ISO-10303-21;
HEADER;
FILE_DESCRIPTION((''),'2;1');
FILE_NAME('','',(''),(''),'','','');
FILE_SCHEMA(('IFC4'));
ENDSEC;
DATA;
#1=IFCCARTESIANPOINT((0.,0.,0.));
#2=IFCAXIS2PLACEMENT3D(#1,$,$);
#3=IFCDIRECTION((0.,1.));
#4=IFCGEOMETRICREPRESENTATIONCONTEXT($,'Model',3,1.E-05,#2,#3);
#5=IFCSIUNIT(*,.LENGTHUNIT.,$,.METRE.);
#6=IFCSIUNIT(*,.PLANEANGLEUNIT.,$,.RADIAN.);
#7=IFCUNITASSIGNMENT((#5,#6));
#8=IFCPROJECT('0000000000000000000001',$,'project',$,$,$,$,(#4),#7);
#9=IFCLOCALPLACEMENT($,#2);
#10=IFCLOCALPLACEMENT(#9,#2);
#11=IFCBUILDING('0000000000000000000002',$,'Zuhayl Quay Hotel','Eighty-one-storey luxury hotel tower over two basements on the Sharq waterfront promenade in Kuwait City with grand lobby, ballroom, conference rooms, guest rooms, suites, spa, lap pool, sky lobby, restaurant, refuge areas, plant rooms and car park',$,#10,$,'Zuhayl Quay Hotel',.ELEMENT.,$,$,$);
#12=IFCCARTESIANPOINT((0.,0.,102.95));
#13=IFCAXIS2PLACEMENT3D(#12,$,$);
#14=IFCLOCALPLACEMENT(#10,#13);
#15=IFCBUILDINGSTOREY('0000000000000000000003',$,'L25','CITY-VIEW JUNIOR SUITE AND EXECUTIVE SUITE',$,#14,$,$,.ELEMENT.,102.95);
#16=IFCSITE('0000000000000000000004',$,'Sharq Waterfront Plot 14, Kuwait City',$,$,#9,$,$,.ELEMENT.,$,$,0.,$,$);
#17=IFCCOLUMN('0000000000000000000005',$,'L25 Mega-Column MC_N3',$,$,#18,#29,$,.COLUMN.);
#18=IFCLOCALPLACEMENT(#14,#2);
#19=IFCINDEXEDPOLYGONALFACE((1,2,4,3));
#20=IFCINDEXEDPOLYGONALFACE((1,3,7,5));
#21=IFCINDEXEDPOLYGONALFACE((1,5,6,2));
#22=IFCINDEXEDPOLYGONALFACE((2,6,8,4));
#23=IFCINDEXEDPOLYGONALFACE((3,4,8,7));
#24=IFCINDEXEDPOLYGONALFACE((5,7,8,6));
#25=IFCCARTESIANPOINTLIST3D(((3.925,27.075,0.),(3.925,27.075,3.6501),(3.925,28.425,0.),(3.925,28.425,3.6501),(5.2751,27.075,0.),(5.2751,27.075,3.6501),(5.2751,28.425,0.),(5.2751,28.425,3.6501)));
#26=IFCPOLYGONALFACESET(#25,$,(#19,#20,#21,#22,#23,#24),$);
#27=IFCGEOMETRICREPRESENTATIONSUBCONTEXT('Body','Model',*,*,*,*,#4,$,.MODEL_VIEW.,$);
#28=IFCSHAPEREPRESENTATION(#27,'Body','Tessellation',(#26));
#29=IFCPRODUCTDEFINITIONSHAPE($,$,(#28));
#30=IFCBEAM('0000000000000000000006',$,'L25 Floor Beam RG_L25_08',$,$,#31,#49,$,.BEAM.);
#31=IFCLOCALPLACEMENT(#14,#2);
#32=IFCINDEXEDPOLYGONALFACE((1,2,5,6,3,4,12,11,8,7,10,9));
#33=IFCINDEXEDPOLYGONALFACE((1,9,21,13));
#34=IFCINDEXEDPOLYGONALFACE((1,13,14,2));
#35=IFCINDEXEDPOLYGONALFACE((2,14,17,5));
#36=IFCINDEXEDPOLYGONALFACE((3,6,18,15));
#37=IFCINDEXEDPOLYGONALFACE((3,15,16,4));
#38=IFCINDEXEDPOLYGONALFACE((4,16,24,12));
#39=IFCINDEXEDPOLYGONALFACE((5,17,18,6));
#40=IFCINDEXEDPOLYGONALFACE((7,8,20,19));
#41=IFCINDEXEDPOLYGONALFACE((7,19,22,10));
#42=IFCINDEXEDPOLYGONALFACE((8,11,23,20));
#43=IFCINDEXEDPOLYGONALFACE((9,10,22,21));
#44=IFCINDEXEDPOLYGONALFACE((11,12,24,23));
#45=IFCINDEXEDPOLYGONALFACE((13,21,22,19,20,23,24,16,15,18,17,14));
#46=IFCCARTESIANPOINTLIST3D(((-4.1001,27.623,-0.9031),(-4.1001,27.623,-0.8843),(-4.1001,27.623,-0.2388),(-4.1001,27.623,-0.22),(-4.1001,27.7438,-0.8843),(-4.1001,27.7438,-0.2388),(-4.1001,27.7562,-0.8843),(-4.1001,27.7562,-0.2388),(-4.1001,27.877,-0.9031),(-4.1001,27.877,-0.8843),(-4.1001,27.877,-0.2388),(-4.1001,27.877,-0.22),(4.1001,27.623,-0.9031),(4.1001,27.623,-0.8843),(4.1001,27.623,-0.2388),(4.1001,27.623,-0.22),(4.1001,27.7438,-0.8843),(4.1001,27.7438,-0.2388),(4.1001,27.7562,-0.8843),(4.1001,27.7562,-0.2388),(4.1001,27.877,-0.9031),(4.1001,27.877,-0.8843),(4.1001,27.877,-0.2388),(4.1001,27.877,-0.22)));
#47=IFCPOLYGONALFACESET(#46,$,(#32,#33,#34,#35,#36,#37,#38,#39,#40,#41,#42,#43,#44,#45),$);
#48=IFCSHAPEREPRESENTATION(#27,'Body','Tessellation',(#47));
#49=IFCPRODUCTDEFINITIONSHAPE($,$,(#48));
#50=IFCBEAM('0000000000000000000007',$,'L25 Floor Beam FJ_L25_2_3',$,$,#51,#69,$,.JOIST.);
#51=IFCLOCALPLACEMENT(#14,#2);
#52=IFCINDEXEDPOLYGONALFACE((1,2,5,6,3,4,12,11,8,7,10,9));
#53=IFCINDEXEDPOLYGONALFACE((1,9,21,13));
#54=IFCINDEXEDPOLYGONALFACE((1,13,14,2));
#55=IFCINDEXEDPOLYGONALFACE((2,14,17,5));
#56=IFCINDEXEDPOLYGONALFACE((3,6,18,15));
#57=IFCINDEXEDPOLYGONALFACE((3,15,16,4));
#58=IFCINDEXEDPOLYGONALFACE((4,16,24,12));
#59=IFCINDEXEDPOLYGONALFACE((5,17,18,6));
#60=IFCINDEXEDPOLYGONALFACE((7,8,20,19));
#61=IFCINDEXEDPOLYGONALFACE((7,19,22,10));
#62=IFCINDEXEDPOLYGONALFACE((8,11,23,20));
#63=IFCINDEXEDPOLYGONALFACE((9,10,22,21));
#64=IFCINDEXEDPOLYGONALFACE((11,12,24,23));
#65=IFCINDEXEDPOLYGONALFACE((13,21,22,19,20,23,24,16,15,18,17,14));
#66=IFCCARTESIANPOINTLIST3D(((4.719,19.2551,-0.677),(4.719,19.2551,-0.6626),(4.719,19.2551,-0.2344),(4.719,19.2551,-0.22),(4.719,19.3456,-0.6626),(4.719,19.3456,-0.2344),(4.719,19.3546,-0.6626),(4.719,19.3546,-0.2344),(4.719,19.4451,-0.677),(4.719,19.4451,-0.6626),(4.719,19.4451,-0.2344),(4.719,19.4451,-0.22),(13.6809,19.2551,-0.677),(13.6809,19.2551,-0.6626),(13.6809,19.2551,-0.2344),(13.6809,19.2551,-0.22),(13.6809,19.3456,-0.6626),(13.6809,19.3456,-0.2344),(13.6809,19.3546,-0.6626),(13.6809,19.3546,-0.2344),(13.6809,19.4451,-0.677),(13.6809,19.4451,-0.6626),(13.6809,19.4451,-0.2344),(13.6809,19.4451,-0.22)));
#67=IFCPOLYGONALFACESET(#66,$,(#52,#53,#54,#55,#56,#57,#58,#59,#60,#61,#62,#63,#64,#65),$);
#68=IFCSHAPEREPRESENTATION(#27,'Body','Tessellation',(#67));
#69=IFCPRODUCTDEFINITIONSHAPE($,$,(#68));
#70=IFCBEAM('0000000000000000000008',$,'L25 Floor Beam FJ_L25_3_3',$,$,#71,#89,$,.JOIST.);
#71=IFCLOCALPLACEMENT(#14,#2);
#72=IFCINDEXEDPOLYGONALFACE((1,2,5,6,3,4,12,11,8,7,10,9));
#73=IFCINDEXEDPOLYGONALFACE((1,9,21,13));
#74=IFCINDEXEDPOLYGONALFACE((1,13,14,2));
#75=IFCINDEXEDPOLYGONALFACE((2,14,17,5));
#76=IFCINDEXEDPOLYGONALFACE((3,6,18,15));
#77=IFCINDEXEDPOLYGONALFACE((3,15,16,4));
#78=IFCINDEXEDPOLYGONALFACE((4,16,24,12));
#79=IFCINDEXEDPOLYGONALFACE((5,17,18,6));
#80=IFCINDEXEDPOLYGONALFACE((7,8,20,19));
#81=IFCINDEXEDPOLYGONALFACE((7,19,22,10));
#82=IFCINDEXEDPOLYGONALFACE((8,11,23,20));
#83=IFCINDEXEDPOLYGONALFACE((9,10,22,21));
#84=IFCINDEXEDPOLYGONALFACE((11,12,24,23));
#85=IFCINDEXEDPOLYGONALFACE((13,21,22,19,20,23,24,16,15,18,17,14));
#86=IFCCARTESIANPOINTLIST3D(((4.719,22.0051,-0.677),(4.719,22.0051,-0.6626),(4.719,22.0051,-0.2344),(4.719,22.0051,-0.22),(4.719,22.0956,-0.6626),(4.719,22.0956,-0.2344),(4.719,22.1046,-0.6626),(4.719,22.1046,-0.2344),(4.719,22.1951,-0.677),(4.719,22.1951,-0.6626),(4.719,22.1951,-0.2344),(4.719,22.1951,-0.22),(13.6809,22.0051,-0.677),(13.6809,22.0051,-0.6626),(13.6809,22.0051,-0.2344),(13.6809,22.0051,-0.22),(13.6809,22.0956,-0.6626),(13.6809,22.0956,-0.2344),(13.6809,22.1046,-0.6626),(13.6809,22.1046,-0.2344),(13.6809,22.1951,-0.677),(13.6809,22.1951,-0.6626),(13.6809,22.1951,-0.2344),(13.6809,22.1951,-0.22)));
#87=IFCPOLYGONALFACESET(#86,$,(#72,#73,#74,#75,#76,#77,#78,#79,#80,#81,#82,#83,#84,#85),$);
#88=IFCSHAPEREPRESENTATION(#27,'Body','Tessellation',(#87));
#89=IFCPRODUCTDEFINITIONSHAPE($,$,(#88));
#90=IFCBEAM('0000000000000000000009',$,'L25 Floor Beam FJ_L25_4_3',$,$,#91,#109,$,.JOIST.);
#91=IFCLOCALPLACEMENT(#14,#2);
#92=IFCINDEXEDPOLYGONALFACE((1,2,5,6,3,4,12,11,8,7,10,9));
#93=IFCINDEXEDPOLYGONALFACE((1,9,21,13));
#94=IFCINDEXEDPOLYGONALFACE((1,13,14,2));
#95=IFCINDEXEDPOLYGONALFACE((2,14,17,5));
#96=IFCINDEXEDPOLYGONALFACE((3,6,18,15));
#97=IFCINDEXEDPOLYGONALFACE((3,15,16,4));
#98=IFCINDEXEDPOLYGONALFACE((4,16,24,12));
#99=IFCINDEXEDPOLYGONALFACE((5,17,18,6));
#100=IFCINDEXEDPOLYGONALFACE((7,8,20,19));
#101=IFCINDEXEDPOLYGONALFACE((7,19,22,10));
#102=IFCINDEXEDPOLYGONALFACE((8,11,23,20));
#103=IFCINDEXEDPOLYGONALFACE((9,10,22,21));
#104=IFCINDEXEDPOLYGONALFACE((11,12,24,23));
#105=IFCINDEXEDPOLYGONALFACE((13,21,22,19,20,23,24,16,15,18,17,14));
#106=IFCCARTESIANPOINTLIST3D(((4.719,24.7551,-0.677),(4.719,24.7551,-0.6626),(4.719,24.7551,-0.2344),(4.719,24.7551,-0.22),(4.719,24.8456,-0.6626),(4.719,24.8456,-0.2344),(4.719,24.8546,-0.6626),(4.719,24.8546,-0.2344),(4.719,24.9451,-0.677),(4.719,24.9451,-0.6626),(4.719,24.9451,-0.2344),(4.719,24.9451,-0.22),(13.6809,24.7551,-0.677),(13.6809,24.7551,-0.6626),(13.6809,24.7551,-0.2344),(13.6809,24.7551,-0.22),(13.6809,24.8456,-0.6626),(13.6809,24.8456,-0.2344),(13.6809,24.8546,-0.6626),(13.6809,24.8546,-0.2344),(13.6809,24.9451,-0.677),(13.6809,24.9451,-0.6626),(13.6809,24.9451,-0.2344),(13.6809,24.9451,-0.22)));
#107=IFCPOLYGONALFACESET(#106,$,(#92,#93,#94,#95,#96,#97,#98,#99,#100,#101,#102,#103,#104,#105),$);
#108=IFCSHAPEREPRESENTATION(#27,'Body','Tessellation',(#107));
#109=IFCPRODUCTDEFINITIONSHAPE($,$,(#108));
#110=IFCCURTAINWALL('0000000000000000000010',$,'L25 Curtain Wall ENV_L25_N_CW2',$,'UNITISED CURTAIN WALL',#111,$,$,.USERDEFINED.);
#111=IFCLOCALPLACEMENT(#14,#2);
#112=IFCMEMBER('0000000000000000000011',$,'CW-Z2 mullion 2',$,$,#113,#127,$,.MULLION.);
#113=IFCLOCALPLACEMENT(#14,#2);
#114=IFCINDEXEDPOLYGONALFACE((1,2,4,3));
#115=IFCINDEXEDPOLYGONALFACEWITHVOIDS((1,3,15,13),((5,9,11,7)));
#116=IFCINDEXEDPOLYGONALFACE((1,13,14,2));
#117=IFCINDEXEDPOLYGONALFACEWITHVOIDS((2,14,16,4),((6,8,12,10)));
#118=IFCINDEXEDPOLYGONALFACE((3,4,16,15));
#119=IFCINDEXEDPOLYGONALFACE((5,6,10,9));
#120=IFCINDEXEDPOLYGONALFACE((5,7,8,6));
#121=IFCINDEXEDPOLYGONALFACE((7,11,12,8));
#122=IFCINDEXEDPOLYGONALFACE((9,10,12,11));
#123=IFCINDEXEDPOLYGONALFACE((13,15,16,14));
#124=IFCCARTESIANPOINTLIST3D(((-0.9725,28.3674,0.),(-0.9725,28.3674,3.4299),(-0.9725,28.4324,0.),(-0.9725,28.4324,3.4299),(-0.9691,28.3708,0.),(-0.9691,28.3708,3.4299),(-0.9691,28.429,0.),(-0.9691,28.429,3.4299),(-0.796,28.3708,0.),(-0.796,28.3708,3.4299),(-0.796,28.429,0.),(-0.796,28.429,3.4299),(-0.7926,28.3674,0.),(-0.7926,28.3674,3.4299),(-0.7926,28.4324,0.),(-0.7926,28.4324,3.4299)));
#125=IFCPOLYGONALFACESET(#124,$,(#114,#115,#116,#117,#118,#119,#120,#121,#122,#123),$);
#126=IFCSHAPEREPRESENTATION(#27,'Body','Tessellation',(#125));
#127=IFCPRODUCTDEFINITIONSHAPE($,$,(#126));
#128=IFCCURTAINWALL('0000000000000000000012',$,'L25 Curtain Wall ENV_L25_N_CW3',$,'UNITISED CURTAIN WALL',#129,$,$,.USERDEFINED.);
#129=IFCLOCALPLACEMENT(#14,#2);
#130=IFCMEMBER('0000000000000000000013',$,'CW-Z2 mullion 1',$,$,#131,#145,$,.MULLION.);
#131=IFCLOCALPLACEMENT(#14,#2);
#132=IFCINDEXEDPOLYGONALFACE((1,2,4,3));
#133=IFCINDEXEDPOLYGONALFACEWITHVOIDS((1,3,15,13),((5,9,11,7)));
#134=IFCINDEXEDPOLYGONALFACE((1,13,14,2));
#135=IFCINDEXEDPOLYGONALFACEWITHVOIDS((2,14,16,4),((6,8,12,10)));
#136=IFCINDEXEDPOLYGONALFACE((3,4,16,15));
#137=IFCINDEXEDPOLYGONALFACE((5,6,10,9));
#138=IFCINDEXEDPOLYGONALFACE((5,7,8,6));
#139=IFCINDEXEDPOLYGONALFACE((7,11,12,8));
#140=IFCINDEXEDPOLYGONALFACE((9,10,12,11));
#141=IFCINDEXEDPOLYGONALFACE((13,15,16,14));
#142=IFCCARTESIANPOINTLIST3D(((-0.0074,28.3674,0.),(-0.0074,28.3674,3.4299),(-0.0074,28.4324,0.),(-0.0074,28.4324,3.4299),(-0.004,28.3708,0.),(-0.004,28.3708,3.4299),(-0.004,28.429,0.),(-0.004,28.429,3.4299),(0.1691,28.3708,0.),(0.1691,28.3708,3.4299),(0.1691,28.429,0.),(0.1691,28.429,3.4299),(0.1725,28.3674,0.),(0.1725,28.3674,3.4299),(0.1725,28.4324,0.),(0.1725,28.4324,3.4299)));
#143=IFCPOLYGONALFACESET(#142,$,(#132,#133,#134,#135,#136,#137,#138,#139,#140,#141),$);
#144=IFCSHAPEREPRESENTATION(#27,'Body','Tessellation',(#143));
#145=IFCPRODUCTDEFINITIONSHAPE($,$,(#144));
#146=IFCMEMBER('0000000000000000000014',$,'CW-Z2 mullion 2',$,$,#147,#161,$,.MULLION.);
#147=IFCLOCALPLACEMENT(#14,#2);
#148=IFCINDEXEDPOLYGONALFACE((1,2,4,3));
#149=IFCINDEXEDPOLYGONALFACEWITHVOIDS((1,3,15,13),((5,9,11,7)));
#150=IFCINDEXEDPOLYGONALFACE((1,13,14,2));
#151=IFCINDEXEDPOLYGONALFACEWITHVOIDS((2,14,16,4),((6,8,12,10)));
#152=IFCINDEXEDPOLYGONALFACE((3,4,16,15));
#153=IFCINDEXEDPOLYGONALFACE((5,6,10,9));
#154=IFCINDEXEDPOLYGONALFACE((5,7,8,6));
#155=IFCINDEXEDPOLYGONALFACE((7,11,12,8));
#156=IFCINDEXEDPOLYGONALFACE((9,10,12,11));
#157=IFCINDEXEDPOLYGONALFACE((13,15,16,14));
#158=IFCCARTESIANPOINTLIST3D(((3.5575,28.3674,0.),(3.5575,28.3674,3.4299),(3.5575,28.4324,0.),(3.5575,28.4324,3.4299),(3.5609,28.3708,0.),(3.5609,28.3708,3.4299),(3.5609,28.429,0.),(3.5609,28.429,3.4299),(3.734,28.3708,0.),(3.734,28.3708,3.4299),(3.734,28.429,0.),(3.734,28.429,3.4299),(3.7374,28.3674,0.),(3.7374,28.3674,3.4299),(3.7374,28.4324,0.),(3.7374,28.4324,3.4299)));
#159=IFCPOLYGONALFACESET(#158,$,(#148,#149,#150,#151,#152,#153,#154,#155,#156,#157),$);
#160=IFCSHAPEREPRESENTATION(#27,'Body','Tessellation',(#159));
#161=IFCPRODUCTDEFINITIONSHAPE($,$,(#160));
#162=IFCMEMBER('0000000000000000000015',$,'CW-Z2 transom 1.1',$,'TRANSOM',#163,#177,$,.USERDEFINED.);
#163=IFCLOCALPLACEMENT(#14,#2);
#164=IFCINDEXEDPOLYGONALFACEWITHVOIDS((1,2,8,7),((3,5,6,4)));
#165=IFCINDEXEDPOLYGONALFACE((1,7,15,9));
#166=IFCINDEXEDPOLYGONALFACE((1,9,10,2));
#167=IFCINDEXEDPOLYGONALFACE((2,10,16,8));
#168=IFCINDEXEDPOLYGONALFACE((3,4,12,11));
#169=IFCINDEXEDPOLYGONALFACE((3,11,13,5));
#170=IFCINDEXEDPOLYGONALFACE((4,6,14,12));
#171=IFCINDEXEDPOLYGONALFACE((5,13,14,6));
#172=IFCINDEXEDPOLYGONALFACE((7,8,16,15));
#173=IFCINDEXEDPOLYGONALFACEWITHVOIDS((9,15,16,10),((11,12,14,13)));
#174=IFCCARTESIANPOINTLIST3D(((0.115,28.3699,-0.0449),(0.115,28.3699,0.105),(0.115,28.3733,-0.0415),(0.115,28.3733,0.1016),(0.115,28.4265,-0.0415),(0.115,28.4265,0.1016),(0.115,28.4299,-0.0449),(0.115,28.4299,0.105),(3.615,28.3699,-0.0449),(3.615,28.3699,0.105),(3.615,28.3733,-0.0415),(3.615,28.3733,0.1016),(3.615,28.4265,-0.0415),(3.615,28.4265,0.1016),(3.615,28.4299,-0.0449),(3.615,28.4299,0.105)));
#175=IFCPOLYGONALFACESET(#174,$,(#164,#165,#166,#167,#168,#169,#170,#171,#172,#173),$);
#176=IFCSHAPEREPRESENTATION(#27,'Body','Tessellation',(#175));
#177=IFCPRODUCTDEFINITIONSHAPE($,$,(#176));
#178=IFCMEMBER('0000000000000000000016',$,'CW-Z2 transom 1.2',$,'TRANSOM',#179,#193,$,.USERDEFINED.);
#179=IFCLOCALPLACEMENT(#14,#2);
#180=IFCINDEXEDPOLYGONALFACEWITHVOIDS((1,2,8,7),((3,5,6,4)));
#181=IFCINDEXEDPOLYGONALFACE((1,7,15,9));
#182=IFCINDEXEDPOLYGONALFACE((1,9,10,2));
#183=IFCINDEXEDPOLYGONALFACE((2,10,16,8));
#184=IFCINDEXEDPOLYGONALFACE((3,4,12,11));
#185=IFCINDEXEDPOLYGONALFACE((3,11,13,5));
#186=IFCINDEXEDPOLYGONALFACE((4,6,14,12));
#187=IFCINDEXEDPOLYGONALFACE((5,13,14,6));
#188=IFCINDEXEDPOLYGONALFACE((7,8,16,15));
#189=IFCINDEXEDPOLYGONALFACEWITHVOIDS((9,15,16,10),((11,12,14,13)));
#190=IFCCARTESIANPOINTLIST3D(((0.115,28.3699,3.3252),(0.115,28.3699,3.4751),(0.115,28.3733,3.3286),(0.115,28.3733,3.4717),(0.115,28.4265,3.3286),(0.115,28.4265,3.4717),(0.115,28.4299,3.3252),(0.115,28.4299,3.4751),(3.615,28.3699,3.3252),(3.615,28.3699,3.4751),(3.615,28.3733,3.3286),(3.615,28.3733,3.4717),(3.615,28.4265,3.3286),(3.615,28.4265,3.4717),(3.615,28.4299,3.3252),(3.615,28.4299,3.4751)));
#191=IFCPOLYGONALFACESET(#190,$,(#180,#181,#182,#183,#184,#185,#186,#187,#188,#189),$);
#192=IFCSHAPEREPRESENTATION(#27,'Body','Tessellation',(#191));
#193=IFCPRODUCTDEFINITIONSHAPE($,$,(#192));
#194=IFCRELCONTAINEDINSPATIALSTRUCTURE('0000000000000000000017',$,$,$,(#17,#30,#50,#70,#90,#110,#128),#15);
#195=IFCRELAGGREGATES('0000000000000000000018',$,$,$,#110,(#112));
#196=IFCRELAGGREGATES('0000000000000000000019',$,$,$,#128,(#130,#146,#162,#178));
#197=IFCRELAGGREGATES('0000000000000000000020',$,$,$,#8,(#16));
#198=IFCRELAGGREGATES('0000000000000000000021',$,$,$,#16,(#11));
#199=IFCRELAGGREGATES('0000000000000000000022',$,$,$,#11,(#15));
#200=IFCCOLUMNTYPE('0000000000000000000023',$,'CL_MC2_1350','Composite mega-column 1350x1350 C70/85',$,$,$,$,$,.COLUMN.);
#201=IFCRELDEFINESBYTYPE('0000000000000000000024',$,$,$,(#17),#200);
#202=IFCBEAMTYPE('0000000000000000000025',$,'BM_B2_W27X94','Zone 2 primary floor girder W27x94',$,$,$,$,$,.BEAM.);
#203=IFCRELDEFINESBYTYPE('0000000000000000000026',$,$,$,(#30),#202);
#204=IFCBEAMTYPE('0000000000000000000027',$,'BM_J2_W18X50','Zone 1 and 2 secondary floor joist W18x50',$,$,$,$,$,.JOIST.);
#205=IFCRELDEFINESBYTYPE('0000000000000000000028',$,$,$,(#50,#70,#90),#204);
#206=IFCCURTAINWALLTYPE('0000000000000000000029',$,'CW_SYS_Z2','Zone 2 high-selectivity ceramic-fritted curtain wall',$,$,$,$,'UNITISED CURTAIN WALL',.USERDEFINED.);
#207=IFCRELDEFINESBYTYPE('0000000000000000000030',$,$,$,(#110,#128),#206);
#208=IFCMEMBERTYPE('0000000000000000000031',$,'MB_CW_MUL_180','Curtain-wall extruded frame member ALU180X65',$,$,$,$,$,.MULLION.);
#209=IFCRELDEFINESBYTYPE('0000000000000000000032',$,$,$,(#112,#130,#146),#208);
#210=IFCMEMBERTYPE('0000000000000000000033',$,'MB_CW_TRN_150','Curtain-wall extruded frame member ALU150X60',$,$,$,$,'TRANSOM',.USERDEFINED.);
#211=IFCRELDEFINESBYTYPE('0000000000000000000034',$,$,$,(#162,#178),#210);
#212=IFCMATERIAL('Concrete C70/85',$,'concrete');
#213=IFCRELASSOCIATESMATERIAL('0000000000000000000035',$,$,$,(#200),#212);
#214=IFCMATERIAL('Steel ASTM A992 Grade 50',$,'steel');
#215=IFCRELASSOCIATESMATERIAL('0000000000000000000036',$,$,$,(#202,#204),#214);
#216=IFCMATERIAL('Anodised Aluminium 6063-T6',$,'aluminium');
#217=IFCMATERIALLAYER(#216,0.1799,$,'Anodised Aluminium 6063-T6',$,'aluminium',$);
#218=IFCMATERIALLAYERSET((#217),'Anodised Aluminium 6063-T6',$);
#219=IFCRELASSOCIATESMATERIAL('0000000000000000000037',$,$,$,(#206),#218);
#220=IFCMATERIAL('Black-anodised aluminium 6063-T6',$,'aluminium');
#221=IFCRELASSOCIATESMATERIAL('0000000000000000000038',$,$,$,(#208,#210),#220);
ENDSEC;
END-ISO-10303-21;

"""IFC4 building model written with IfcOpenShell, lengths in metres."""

from ifc_helpers import new_model, si_unit, direction, frame, origin, origin_2d, place, context, subcontext, project, spatial, rectangle, hollow_rectangle, i_section, extrude, material, layer, layer_set, material_profile, profile_set, type_object, element, aggregate, save


model = new_model("IFC4")

# Units and contexts
model_context = context("Model", 3, precision=1e-05, world=origin(), true_north=direction((0.0, 1.0)))
body_context = subcontext(model_context, "Body", "Model", "MODEL_VIEW")
ifc_project = project(units=[si_unit("LENGTHUNIT", "METRE"), si_unit("PLANEANGLEUNIT", "RADIAN")], contexts=[model_context])

# Site, building, storey
site_placement = place(None, origin())
site = spatial("IfcSite", under=ifc_project, at=site_placement, Name="Sharq Waterfront Plot 14, Kuwait City", CompositionType="ELEMENT", RefElevation=0.0)
building_placement = place(site_placement, origin())
building = spatial("IfcBuilding", under=site, at=building_placement, Name="Zuhayl Quay Hotel", Description="Eighty-one-storey luxury hotel tower over two basements on the Sharq waterfront promenade in Kuwait City with grand lobby, ballroom, conference rooms, guest rooms, suites, spa, lap pool, sky lobby, restaurant, refuge areas, plant rooms and car park", LongName="Zuhayl Quay Hotel", CompositionType="ELEMENT")
storey_placement = place(building_placement, frame((0.0, 0.0, 102.95)))
storey = spatial("IfcBuildingStorey", under=building, at=storey_placement, Name="L25", Description="CITY-VIEW JUNIOR SUITE AND EXECUTIVE SUITE", CompositionType="ELEMENT", Elevation=102.95)

# Column
ifc_material_1 = material(Name="Concrete C70/85", Category="concrete")
ifc_material_profile_1 = material_profile(ifc_material_1, rectangle(XDim=1.3501, YDim=1.3501, at=origin_2d()), Name="RC1350X1350")
ifc_profile_set_1 = profile_set([ifc_material_profile_1], Name="Concrete C70/85")
column_type = type_object("IfcColumnType", Name="CL_MC2_1350", Description="Composite mega-column 1350x1350 C70/85", PredefinedType="COLUMN", material=ifc_profile_set_1)
column_placement = place(storey_placement, frame((4.6001, 27.75, 0.0), z_axis=(0.0, 0.0, 1.0), x_axis=(1.0, 0.0, 0.0)))
element("IfcColumn", 1, at=column_placement, inside=storey, type_object=column_type, Name="L25 Mega-Column MC_N3", PredefinedType="COLUMN", context=body_context, shape_type="SweptSolid", body=[
    extrude(rectangle(XDim=1.3501, YDim=1.3501, at=origin_2d()), origin(), (0.0, 0.0, 1.0), 3.6501),
])

# Beams
ifc_material_2 = material(Name="Steel ASTM A992 Grade 50", Category="steel")
ifc_material_profile_2 = material_profile(ifc_material_2, i_section(OverallWidth=0.2539, OverallDepth=0.6831, WebThickness=0.0125, FlangeThickness=0.0188, at=origin_2d()), Name="W27X94")
ifc_profile_set_2 = profile_set([ifc_material_profile_2], Name="Steel ASTM A992 Grade 50")
beam_type_1 = type_object("IfcBeamType", Name="BM_B2_W27X94", Description="Zone 2 primary floor girder W27x94", PredefinedType="BEAM", material=ifc_profile_set_2)
beam_placement = place(storey_placement, frame((4.1001, 27.75, -0.5615), z_axis=(-1.0, 0.0, 0.0), x_axis=(0.0, -1.0, 0.0)))
element("IfcBeam", 2, at=beam_placement, inside=storey, type_object=beam_type_1, Name="L25 Floor Beam RG_L25_08", PredefinedType="BEAM", context=body_context, shape_type="SweptSolid", body=[
    extrude(i_section(OverallWidth=0.2539, OverallDepth=0.6831, WebThickness=0.0125, FlangeThickness=0.0188, at=origin_2d()), origin(), (0.0, 0.0, 1.0), 8.2002),
])
ifc_material_profile_3 = material_profile(ifc_material_2, i_section(OverallWidth=0.1899, OverallDepth=0.457, WebThickness=0.009, FlangeThickness=0.0144, at=origin_2d()), Name="W18X50")
ifc_profile_set_3 = profile_set([ifc_material_profile_3], Name="Steel ASTM A992 Grade 50")
beam_type_2 = type_object("IfcBeamType", Name="BM_J2_W18X50", Description="Zone 1 and 2 secondary floor joist W18x50", PredefinedType="JOIST", material=ifc_profile_set_3)
for number, where, z_axis, x_axis, name in (
    (3, (4.719, 19.3501, -0.4485), (1.0, 0.0, 0.0), (0.0, 1.0, 0.0), "L25 Floor Beam FJ_L25_2_3"),
    (4, (4.719, 22.1001, -0.4485), (1.0, 0.0, 0.0), (0.0, 1.0, 0.0), "L25 Floor Beam FJ_L25_3_3"),
    (5, (4.719, 24.8501, -0.4485), (1.0, 0.0, 0.0), (0.0, 1.0, 0.0), "L25 Floor Beam FJ_L25_4_3"),
):
    element("IfcBeam", number, at=place(storey_placement, frame(where, z_axis=z_axis, x_axis=x_axis)), inside=storey, type_object=beam_type_2, Name=name, PredefinedType="JOIST", context=body_context, shape_type="SweptSolid", body=[
        extrude(i_section(OverallWidth=0.1899, OverallDepth=0.457, WebThickness=0.009, FlangeThickness=0.0144, at=origin_2d()), origin(), (0.0, 0.0, 1.0), 8.9619),
    ])

# Curtain wall, member
ifc_material_3 = material(Name="Anodised Aluminium 6063-T6", Category="aluminium")
ifc_layer_1 = layer(ifc_material_3, 0.1799, Name="Anodised Aluminium 6063-T6", Category="aluminium")
ifc_layer_set_1 = layer_set([ifc_layer_1], Name="Anodised Aluminium 6063-T6")
curtain_wall_type = type_object("IfcCurtainWallType", Name="CW_SYS_Z2", Description="Zone 2 high-selectivity ceramic-fritted curtain wall", ElementType="UNITISED CURTAIN WALL", PredefinedType="USERDEFINED", material=ifc_layer_set_1)
curtain_wall_1_placement = place(storey_placement, origin())
curtain_wall_1 = element("IfcCurtainWall", 6, at=curtain_wall_1_placement, inside=storey, type_object=curtain_wall_type, Name="L25 Curtain Wall ENV_L25_N_CW2", ObjectType="UNITISED CURTAIN WALL", PredefinedType="USERDEFINED")
ifc_material_4 = material(Name="Black-anodised aluminium 6063-T6", Category="aluminium")
ifc_material_profile_4 = material_profile(ifc_material_4, hollow_rectangle(XDim=0.0649, YDim=0.1799, WallThickness=0.0034, at=origin_2d()), Name="ALU180X65")
ifc_profile_set_4 = profile_set([ifc_material_profile_4], Name="Black-anodised aluminium 6063-T6")
member_type_1 = type_object("IfcMemberType", Name="MB_CW_MUL_180", Description="Curtain-wall extruded frame member ALU180X65", PredefinedType="MULLION", material=ifc_profile_set_4)
member_1_placement = place(storey_placement, frame((-0.8826, 28.3999, 0.0), z_axis=(0.0, 0.0, 1.0), x_axis=(0.0, 1.0, 0.0)))
member_1 = element("IfcMember", 7, at=member_1_placement, type_object=member_type_1, Name="CW-Z2 mullion 2", PredefinedType="MULLION", context=body_context, shape_type="SweptSolid", body=[
    extrude(hollow_rectangle(XDim=0.0649, YDim=0.1799, WallThickness=0.0034, at=origin_2d()), origin(), (0.0, 0.0, 1.0), 3.4299),
])
aggregate(curtain_wall_1, [member_1])

# Curtain wall, members
curtain_wall_2_placement = place(storey_placement, origin())
curtain_wall_2 = element("IfcCurtainWall", 8, at=curtain_wall_2_placement, inside=storey, type_object=curtain_wall_type, Name="L25 Curtain Wall ENV_L25_N_CW3", ObjectType="UNITISED CURTAIN WALL", PredefinedType="USERDEFINED")
member_2_placement = place(storey_placement, frame((0.0825, 28.3999, 0.0), z_axis=(0.0, 0.0, 1.0), x_axis=(0.0, 1.0, 0.0)))
member_2 = element("IfcMember", 9, at=member_2_placement, type_object=member_type_1, Name="CW-Z2 mullion 1", PredefinedType="MULLION", context=body_context, shape_type="SweptSolid", body=[
    extrude(hollow_rectangle(XDim=0.0649, YDim=0.1799, WallThickness=0.0034, at=origin_2d()), origin(), (0.0, 0.0, 1.0), 3.4299),
])
member_3_placement = place(storey_placement, frame((3.6475, 28.3999, 0.0), z_axis=(0.0, 0.0, 1.0), x_axis=(0.0, 1.0, 0.0)))
member_3 = element("IfcMember", 10, at=member_3_placement, type_object=member_type_1, Name="CW-Z2 mullion 2", PredefinedType="MULLION", context=body_context, shape_type="SweptSolid", body=[
    extrude(hollow_rectangle(XDim=0.0649, YDim=0.1799, WallThickness=0.0034, at=origin_2d()), origin(), (0.0, 0.0, 1.0), 3.4299),
])
ifc_material_profile_5 = material_profile(ifc_material_4, hollow_rectangle(XDim=0.0601, YDim=0.1499, WallThickness=0.0034, at=origin_2d()), Name="ALU150X60")
ifc_profile_set_5 = profile_set([ifc_material_profile_5], Name="Black-anodised aluminium 6063-T6")
member_type_2 = type_object("IfcMemberType", Name="MB_CW_TRN_150", Description="Curtain-wall extruded frame member ALU150X60", ElementType="TRANSOM", PredefinedType="USERDEFINED", material=ifc_profile_set_5)
member_4_placement = place(storey_placement, frame((0.115, 28.3999, 0.03), z_axis=(1.0, 0.0, 0.0), x_axis=(0.0, 1.0, 0.0)))
member_4 = element("IfcMember", 11, at=member_4_placement, type_object=member_type_2, Name="CW-Z2 transom 1.1", ObjectType="TRANSOM", PredefinedType="USERDEFINED", context=body_context, shape_type="SweptSolid", body=[
    extrude(hollow_rectangle(XDim=0.0601, YDim=0.1499, WallThickness=0.0034, at=origin_2d()), origin(), (0.0, 0.0, 1.0), 3.5),
])
member_5_placement = place(storey_placement, frame((0.115, 28.3999, 3.4001), z_axis=(1.0, 0.0, 0.0), x_axis=(0.0, 1.0, 0.0)))
member_5 = element("IfcMember", 12, at=member_5_placement, type_object=member_type_2, Name="CW-Z2 transom 1.2", ObjectType="TRANSOM", PredefinedType="USERDEFINED", context=body_context, shape_type="SweptSolid", body=[
    extrude(hollow_rectangle(XDim=0.0601, YDim=0.1499, WallThickness=0.0034, at=origin_2d()), origin(), (0.0, 0.0, 1.0), 3.5),
])
aggregate(curtain_wall_2, [member_2, member_3, member_4, member_5])

save(model, "model.ifc")
